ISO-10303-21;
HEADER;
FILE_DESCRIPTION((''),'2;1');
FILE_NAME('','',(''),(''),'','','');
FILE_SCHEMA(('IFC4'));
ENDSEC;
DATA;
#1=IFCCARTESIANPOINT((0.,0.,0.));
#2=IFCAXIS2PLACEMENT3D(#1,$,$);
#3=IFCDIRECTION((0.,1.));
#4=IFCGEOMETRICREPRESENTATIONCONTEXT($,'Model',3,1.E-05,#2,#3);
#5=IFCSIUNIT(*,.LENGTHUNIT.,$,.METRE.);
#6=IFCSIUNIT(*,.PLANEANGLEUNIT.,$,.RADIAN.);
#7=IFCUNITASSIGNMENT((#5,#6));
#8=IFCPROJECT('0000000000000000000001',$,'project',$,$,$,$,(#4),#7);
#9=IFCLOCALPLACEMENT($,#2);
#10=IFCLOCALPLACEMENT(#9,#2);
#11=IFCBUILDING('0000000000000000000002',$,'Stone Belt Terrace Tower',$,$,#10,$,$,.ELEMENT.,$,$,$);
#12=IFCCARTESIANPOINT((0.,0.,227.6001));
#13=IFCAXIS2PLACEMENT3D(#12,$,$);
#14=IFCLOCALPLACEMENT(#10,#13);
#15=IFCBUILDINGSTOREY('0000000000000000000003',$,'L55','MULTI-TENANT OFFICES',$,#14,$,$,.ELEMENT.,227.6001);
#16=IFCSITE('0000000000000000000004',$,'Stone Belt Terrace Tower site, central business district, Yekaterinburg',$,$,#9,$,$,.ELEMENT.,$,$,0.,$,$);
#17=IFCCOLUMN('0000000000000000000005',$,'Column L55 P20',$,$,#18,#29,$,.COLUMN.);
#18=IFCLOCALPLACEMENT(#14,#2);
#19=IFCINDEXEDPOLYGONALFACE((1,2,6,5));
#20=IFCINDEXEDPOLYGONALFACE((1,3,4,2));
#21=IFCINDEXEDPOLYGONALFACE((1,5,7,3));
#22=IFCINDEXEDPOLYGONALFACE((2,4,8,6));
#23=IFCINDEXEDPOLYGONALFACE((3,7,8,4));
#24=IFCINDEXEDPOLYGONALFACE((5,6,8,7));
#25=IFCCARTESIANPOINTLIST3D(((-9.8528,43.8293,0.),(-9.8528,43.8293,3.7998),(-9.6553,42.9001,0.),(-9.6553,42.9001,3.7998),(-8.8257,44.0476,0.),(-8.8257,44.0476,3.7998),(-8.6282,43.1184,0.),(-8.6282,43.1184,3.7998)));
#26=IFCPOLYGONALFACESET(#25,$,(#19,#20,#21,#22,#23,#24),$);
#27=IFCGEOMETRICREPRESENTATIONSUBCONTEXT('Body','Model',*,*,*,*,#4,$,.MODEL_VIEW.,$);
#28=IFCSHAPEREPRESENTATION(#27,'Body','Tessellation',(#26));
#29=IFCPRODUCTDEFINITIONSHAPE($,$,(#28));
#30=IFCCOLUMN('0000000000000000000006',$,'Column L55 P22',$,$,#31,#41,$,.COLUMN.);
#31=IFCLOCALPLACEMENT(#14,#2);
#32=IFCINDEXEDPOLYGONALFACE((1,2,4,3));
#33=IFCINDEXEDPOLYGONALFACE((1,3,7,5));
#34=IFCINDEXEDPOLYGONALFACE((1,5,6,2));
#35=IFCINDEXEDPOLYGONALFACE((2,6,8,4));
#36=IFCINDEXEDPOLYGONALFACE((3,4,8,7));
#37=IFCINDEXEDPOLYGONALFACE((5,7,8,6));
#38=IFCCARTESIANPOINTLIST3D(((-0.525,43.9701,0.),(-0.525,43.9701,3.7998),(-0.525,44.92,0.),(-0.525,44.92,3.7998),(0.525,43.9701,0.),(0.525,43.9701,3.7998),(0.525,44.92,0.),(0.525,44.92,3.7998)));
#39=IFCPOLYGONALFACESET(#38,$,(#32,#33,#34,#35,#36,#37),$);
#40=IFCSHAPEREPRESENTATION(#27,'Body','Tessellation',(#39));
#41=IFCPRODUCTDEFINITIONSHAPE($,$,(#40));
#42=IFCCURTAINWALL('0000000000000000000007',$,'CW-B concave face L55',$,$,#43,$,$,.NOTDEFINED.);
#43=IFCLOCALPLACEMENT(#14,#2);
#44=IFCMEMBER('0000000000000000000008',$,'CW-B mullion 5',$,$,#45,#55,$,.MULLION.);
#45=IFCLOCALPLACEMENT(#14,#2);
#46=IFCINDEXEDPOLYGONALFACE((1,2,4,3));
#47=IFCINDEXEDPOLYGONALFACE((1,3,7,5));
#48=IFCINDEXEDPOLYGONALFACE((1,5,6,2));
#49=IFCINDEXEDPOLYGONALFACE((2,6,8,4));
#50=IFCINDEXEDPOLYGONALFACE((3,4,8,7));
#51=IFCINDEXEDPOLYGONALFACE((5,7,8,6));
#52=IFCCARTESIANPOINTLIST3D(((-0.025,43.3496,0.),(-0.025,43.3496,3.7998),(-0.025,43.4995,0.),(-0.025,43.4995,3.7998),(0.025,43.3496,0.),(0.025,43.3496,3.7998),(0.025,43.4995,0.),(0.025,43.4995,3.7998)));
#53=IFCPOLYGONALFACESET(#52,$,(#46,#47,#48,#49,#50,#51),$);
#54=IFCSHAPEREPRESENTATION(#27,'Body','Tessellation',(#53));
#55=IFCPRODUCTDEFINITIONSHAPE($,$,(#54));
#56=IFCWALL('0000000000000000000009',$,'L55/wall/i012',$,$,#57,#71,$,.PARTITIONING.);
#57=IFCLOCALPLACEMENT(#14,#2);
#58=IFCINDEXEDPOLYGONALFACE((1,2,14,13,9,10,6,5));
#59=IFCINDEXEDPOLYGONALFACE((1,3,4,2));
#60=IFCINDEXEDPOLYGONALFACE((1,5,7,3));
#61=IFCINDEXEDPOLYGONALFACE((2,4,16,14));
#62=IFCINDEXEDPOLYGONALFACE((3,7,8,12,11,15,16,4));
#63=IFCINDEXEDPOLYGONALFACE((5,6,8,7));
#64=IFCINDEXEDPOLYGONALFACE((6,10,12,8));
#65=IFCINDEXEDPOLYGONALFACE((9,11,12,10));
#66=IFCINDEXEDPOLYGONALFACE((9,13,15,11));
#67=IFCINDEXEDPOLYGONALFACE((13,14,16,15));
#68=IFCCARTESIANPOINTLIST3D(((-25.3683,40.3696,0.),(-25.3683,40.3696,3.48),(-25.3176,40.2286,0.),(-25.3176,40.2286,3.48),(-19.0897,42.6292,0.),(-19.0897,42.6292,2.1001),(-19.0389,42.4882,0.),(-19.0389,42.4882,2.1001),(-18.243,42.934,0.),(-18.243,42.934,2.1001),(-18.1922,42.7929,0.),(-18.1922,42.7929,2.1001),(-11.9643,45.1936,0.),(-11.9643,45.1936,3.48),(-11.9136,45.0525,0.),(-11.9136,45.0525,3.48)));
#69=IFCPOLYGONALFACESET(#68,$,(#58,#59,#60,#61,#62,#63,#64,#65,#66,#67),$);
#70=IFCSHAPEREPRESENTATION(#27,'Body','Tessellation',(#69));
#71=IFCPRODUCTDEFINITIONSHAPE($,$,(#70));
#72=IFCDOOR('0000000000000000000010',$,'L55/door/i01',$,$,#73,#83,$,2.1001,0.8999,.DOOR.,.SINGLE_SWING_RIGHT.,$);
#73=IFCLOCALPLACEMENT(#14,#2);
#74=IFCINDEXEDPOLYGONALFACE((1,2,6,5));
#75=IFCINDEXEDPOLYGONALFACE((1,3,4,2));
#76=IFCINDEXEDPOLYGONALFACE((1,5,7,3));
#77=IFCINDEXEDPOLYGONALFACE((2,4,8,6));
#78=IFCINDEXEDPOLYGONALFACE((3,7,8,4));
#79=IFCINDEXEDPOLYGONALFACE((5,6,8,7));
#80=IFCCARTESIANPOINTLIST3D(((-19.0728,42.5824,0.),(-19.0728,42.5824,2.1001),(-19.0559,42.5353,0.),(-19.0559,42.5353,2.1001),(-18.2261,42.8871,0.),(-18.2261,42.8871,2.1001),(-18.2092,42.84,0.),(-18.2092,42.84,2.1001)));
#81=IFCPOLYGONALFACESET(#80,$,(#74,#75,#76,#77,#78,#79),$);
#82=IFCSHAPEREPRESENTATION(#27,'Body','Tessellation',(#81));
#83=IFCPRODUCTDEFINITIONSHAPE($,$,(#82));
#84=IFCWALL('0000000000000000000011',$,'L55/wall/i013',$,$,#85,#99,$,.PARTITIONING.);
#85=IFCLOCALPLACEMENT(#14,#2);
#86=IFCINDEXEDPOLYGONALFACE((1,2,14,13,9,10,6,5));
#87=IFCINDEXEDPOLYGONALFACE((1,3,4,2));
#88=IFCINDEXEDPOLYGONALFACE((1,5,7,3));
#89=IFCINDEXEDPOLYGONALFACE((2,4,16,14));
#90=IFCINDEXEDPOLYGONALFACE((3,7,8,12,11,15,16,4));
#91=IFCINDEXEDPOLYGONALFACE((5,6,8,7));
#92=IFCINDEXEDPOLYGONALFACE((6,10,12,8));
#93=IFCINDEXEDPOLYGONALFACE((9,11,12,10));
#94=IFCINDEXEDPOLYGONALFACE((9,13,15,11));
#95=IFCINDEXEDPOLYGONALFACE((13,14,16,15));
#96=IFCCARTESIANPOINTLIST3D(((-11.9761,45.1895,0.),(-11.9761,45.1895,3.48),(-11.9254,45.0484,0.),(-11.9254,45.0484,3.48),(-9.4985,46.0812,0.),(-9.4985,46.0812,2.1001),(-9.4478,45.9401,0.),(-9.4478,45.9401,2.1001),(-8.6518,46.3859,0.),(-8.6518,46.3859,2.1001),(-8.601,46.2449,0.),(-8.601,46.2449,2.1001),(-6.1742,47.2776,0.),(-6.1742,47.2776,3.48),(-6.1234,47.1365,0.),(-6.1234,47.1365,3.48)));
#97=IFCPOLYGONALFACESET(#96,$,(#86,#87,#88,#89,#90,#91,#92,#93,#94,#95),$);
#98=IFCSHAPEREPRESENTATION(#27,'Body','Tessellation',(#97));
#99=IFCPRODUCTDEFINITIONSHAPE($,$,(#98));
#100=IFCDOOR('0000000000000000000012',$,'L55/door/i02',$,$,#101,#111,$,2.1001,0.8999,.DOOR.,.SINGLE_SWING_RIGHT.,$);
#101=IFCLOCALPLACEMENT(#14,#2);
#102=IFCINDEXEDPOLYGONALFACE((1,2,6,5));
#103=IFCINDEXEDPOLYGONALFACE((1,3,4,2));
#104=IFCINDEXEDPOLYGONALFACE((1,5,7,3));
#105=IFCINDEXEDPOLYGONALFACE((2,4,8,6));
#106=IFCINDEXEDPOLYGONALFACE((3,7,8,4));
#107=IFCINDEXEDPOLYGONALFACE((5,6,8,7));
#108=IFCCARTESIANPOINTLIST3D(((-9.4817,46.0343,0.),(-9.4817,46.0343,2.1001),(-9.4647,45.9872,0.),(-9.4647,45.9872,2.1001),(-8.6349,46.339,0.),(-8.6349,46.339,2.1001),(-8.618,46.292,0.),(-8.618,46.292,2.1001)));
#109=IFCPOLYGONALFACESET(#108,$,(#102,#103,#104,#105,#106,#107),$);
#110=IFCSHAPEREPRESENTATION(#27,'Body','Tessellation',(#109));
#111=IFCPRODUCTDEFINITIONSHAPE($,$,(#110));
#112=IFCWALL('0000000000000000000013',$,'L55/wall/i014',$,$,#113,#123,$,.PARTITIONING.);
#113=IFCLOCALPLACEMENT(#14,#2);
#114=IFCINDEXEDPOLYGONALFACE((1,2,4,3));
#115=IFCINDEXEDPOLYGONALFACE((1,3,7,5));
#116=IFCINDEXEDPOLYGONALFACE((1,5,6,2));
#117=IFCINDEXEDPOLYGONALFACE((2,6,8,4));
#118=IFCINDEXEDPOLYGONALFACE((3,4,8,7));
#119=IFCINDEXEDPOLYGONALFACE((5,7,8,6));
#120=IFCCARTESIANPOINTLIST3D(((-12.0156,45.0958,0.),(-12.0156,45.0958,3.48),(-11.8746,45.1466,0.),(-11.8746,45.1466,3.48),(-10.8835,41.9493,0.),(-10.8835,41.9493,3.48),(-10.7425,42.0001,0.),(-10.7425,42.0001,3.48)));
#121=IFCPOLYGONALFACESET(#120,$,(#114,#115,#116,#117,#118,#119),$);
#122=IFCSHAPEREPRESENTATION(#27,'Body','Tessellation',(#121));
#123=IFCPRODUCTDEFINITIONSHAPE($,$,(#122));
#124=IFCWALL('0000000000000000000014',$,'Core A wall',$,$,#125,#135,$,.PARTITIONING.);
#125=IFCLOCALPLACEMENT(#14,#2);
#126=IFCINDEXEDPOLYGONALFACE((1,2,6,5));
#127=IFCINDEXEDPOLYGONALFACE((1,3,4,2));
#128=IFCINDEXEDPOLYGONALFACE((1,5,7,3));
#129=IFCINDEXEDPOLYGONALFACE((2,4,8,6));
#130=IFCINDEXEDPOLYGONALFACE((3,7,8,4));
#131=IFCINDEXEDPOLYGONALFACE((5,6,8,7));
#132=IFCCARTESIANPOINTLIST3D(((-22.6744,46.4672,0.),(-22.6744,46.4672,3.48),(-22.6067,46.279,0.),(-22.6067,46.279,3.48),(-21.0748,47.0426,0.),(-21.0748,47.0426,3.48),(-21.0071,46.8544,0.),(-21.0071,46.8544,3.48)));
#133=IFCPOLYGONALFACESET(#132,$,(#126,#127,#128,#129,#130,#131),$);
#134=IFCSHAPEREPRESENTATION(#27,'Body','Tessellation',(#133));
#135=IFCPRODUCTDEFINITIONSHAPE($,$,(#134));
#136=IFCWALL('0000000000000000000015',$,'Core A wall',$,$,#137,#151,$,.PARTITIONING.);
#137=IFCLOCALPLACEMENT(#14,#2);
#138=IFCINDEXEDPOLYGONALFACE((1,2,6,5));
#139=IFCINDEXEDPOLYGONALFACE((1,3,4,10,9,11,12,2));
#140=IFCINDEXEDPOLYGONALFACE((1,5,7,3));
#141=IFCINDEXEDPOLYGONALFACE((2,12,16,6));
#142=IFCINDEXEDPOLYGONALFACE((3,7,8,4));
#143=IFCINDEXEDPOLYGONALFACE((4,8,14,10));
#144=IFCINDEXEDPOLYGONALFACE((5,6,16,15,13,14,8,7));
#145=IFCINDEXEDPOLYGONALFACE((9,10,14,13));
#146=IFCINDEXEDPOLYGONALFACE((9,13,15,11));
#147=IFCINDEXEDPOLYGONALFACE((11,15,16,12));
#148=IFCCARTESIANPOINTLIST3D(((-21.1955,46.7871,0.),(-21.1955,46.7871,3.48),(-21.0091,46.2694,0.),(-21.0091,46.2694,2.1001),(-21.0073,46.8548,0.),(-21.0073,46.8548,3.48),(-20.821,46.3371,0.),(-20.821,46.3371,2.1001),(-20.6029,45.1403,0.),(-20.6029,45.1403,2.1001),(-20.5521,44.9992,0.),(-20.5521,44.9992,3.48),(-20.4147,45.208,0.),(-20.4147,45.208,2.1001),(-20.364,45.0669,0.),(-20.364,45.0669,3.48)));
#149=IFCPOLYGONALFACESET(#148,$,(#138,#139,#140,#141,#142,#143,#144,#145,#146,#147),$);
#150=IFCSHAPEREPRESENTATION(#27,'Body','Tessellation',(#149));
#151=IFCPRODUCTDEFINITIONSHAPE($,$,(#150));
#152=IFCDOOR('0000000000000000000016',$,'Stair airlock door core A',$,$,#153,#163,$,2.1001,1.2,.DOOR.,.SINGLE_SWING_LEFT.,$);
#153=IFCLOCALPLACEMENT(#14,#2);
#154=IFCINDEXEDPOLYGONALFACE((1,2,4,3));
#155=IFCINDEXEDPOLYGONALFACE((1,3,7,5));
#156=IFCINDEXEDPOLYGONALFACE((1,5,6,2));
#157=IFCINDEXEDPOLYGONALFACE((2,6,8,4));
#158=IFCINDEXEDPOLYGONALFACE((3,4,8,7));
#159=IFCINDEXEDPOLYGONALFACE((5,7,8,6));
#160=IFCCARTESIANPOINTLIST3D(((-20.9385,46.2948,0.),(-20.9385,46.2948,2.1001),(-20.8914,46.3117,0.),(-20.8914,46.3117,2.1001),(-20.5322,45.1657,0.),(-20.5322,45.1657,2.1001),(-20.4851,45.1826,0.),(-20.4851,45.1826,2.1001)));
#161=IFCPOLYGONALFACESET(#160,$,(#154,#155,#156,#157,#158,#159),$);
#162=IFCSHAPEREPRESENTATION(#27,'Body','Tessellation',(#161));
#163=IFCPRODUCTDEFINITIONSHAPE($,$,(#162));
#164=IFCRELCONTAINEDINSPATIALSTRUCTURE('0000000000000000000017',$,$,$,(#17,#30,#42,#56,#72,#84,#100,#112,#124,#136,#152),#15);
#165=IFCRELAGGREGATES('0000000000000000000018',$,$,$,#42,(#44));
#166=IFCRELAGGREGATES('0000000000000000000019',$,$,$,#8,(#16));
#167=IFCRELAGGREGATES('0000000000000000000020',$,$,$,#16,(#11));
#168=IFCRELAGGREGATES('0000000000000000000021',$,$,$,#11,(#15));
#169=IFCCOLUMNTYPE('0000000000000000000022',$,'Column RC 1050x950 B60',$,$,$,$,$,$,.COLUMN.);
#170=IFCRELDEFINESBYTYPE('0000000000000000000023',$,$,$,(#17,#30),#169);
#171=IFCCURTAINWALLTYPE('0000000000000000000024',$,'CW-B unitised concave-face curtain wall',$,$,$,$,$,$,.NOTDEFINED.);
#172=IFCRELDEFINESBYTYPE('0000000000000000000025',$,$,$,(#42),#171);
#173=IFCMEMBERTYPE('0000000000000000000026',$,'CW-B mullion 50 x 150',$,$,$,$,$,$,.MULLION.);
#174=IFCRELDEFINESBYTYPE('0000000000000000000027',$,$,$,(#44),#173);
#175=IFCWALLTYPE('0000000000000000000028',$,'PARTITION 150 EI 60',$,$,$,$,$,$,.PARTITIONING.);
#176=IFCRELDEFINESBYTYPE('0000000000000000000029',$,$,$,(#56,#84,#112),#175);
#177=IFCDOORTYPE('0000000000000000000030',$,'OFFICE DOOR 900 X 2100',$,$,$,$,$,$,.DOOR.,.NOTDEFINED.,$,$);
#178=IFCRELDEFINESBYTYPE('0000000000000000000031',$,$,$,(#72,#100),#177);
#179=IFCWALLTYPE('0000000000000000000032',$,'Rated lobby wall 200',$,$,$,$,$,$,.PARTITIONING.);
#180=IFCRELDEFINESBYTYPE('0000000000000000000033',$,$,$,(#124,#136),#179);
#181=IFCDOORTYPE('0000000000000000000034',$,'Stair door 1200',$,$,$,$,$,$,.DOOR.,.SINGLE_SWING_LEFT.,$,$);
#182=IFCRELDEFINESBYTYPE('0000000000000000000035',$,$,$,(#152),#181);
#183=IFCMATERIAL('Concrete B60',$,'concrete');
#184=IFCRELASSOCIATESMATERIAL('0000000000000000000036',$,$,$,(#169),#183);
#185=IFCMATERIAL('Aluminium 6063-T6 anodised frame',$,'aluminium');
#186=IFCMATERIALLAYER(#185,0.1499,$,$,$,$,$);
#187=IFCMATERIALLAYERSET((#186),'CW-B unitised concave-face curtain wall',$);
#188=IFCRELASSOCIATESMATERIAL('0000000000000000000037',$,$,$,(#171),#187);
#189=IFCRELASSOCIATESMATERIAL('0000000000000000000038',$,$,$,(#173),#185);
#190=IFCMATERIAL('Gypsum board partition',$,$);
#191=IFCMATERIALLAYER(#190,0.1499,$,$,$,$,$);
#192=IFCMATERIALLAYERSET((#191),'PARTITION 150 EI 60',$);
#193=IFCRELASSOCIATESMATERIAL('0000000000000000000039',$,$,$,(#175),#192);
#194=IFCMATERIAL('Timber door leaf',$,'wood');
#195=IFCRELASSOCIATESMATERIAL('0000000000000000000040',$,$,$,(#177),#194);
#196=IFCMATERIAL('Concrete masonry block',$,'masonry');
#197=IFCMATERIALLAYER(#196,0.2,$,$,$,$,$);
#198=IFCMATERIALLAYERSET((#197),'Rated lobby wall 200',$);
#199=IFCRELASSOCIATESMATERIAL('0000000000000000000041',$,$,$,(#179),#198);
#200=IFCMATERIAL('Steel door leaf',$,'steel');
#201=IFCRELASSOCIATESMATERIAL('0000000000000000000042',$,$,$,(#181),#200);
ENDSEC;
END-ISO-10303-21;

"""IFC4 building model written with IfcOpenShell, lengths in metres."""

from ifc_helpers import new_model, si_unit, direction, frame, frame_2d, origin, origin_2d, place, context, subcontext, project, spatial, rectangle, extrude, material, layer, layer_set, material_profile, profile_set, type_object, element, fill, aggregate, save


model = new_model("IFC4")

# Units and contexts
model_context = context("Model", 3, precision=1e-05, world=origin(), true_north=direction((0.0, 1.0)))
body_context = subcontext(model_context, "Body", "Model", "MODEL_VIEW")
ifc_project = project(units=[si_unit("LENGTHUNIT", "METRE"), si_unit("PLANEANGLEUNIT", "RADIAN")], contexts=[model_context])

# Site, building, storey
site_placement = place(None, origin())
site = spatial("IfcSite", under=ifc_project, at=site_placement, Name="Stone Belt Terrace Tower site, central business district, Yekaterinburg", CompositionType="ELEMENT", RefElevation=0.0)
building_placement = place(site_placement, origin())
building = spatial("IfcBuilding", under=site, at=building_placement, Name="Stone Belt Terrace Tower", CompositionType="ELEMENT")
storey_placement = place(building_placement, frame((0.0, 0.0, 227.6001)))
storey = spatial("IfcBuildingStorey", under=building, at=storey_placement, Name="L55", Description="MULTI-TENANT OFFICES", CompositionType="ELEMENT", Elevation=227.6001)

# Columns
ifc_material_1 = material(Name="Concrete B60", Category="concrete")
ifc_material_profile_1 = material_profile(ifc_material_1, rectangle(XDim=1.05, YDim=0.95, at=origin_2d()), Name="RC 1050x950")
ifc_profile_set_1 = profile_set([ifc_material_profile_1], Name="Concrete B60")
column_type = type_object("IfcColumnType", Name="Column RC 1050x950 B60", PredefinedType="COLUMN", material=ifc_profile_set_1)
for number, where, z_axis, x_axis, name in (
    (1, (-9.2405, 43.4739, 0.0), (0.0, 0.0, 1.0), (0.978148, 0.207912, 0.0), "Column L55 P20"),
    (2, (0.0, 44.4451, 0.0), (0.0, 0.0, 1.0), (1.0, 0.0, 0.0), "Column L55 P22"),
):
    element("IfcColumn", number, at=place(storey_placement, frame(where, z_axis=z_axis, x_axis=x_axis)), inside=storey, type_object=column_type, Name=name, PredefinedType="COLUMN", context=body_context, shape_type="SweptSolid", body=[
        extrude(rectangle(XDim=1.05, YDim=0.95, at=origin_2d()), origin(), (0.0, 0.0, 1.0), 3.7998),
    ])

# Curtain wall, member
ifc_material_2 = material(Name="Aluminium 6063-T6 anodised frame", Category="aluminium")
ifc_layer_1 = layer(ifc_material_2, 0.1499)
ifc_layer_set_1 = layer_set([ifc_layer_1], Name="CW-B unitised concave-face curtain wall")
curtain_wall_type = type_object("IfcCurtainWallType", Name="CW-B unitised concave-face curtain wall", PredefinedType="NOTDEFINED", material=ifc_layer_set_1)
curtain_wall_placement = place(storey_placement, origin())
curtain_wall = element("IfcCurtainWall", 3, at=curtain_wall_placement, inside=storey, type_object=curtain_wall_type, Name="CW-B concave face L55", PredefinedType="NOTDEFINED")
ifc_material_profile_2 = material_profile(ifc_material_2, rectangle(XDim=0.1499, YDim=0.05, at=origin_2d()), Name="Aluminium 6063-T6 50x150")
ifc_profile_set_2 = profile_set([ifc_material_profile_2], Name="Aluminium 6063-T6 anodised frame")
member_type = type_object("IfcMemberType", Name="CW-B mullion 50 x 150", PredefinedType="MULLION", material=ifc_profile_set_2)
member_placement = place(storey_placement, frame((0.0, 43.4246, 0.0), z_axis=(0.0, 0.0, 1.0), x_axis=(0.0, 1.0, 0.0)))
member = element("IfcMember", 4, at=member_placement, type_object=member_type, Name="CW-B mullion 5", PredefinedType="MULLION", context=body_context, shape_type="SweptSolid", body=[
    extrude(rectangle(XDim=0.1499, YDim=0.05, at=origin_2d()), origin(), (0.0, 0.0, 1.0), 3.7998),
])
aggregate(curtain_wall, [member])

# Walls, openings, doors
ifc_material_3 = material(Name="Gypsum board partition")
ifc_layer_2 = layer(ifc_material_3, 0.1499)
ifc_layer_set_2 = layer_set([ifc_layer_2], Name="PARTITION 150 EI 60")
wall_type_1 = type_object("IfcWallType", Name="PARTITION 150 EI 60", PredefinedType="PARTITIONING", material=ifc_layer_set_2)
wall_1_placement = place(storey_placement, frame((-11.939, 45.123, 0.0), z_axis=(0.0, 0.0, 1.0), x_axis=(-0.940921, -0.338627, 0.0)))
wall_1 = element("IfcWall", 5, at=wall_1_placement, inside=storey, type_object=wall_type_1, Name="L55/wall/i012", PredefinedType="PARTITIONING", context=body_context, shape_type="SweptSolid", body=[
    extrude(rectangle(XDim=14.2456, YDim=0.1499, at=frame_2d((7.1228, 0.0))), origin(), (0.0, 0.0, 1.0), 3.48),
])
opening_1_placement = place(wall_1_placement, frame((6.6729, 0.0, 0.0)))
opening_1 = element("IfcOpeningElement", 6, at=opening_1_placement, cuts=wall_1, PredefinedType="OPENING", context=body_context, shape_type="SweptSolid", body=[
    extrude(rectangle(XDim=0.8999, YDim=2.1001, at=frame_2d((0.45, 1.05))), frame((0.0, 0.085, 0.0), z_axis=(0.0, -1.0, 0.0), x_axis=(1.0, 0.0, 0.0)), (0.0, 0.0, 1.0), 0.1699),
])
ifc_material_4 = material(Name="Timber door leaf", Category="wood")
door_type_1 = type_object("IfcDoorType", Name="OFFICE DOOR 900 X 2100", OperationType="NOTDEFINED", PredefinedType="DOOR", material=ifc_material_4)
door_1_placement = place(opening_1_placement, origin())
door_1 = element("IfcDoor", 7, at=door_1_placement, inside=storey, type_object=door_type_1, Name="L55/door/i01", OperationType="SINGLE_SWING_RIGHT", OverallHeight=2.1001, OverallWidth=0.8999, PredefinedType="DOOR", context=body_context, shape_type="SweptSolid", body=[
    extrude(rectangle(XDim=0.8999, YDim=2.1001, at=frame_2d((0.45, 1.05))), frame((0.0, 0.0249, 0.0), z_axis=(0.0, -1.0, 0.0), x_axis=(1.0, 0.0, 0.0)), (0.0, 0.0, 1.0), 0.05),
])
fill(opening_1, door_1)
wall_2_placement = place(storey_placement, frame((-6.1489, 47.207, 0.0), z_axis=(0.0, 0.0, 1.0), x_axis=(-0.940918, -0.338635, 0.0)))
wall_2 = element("IfcWall", 8, at=wall_2_placement, inside=storey, type_object=wall_type_1, Name="L55/wall/i013", PredefinedType="PARTITIONING", context=body_context, shape_type="SweptSolid", body=[
    extrude(rectangle(XDim=6.1663, YDim=0.1499, at=frame_2d((3.083, 0.0))), origin(), (0.0, 0.0, 1.0), 3.48),
])
opening_2_placement = place(wall_2_placement, frame((2.6331, 0.0, 0.0)))
opening_2 = element("IfcOpeningElement", 9, at=opening_2_placement, cuts=wall_2, PredefinedType="OPENING", context=body_context, shape_type="SweptSolid", body=[
    extrude(rectangle(XDim=0.8999, YDim=2.1001, at=frame_2d((0.45, 1.05))), frame((0.0, 0.085, 0.0), z_axis=(0.0, -1.0, 0.0), x_axis=(1.0, 0.0, 0.0)), (0.0, 0.0, 1.0), 0.1699),
])
door_2_placement = place(opening_2_placement, origin())
door_2 = element("IfcDoor", 10, at=door_2_placement, inside=storey, type_object=door_type_1, Name="L55/door/i02", OperationType="SINGLE_SWING_RIGHT", OverallHeight=2.1001, OverallWidth=0.8999, PredefinedType="DOOR", context=body_context, shape_type="SweptSolid", body=[
    extrude(rectangle(XDim=0.8999, YDim=2.1001, at=frame_2d((0.45, 1.05))), frame((0.0, 0.0249, 0.0), z_axis=(0.0, -1.0, 0.0), x_axis=(1.0, 0.0, 0.0)), (0.0, 0.0, 1.0), 0.05),
])
fill(opening_2, door_2)

# Walls
wall_3_placement = place(storey_placement, frame((-11.9451, 45.1211, 0.0), z_axis=(0.0, 0.0, 1.0), x_axis=(0.338546, -0.94095, 0.0)))
element("IfcWall", 11, at=wall_3_placement, inside=storey, type_object=wall_type_1, Name="L55/wall/i014", PredefinedType="PARTITIONING", context=body_context, shape_type="SweptSolid", body=[
    extrude(rectangle(XDim=3.344, YDim=0.1499, at=frame_2d((1.6719, 0.0))), origin(), (0.0, 0.0, 1.0), 3.48),
])
ifc_material_5 = material(Name="Concrete masonry block", Category="masonry")
ifc_layer_3 = layer(ifc_material_5, 0.2)
ifc_layer_set_3 = layer_set([ifc_layer_3], Name="Rated lobby wall 200")
wall_type_2 = type_object("IfcWallType", Name="Rated lobby wall 200", PredefinedType="PARTITIONING", material=ifc_layer_set_3)
wall_4_placement = place(storey_placement, frame((-22.6406, 46.373, 0.0), z_axis=(0.0, 0.0, 1.0), x_axis=(0.940966, 0.338501, 0.0)))
element("IfcWall", 12, at=wall_4_placement, inside=storey, type_object=wall_type_2, Name="Core A wall", PredefinedType="PARTITIONING", context=body_context, shape_type="SweptSolid", body=[
    extrude(rectangle(XDim=1.7, YDim=0.2, at=frame_2d((0.8501, 0.0))), origin(), (0.0, 0.0, 1.0), 3.48),
])

# Wall, opening, door
wall_5_placement = place(storey_placement, frame((-20.458, 45.033, 0.0), z_axis=(0.0, 0.0, 1.0), x_axis=(-0.338574, 0.94094, 0.0)))
wall_5 = element("IfcWall", 13, at=wall_5_placement, inside=storey, type_object=wall_type_2, Name="Core A wall", PredefinedType="PARTITIONING", context=body_context, shape_type="SweptSolid", body=[
    extrude(rectangle(XDim=1.9001, YDim=0.2, at=frame_2d((0.9502, 0.0))), origin(), (0.0, 0.0, 1.0), 3.48),
])
opening_3_placement = place(wall_5_placement, frame((0.1499, 0.0, 0.0)))
opening_3 = element("IfcOpeningElement", 14, at=opening_3_placement, cuts=wall_5, PredefinedType="OPENING", context=body_context, shape_type="SweptSolid", body=[
    extrude(rectangle(XDim=1.2, YDim=2.1001, at=frame_2d((0.6001, 1.05))), frame((0.0, 0.1099, 0.0), z_axis=(0.0, -1.0, 0.0), x_axis=(1.0, 0.0, 0.0)), (0.0, 0.0, 1.0), 0.22),
])
ifc_material_6 = material(Name="Steel door leaf", Category="steel")
door_type_2 = type_object("IfcDoorType", Name="Stair door 1200", OperationType="SINGLE_SWING_LEFT", PredefinedType="DOOR", material=ifc_material_6)
door_3_placement = place(opening_3_placement, origin())
door_3 = element("IfcDoor", 15, at=door_3_placement, inside=storey, type_object=door_type_2, Name="Stair airlock door core A", OperationType="SINGLE_SWING_LEFT", OverallHeight=2.1001, OverallWidth=1.2, PredefinedType="DOOR", context=body_context, shape_type="SweptSolid", body=[
    extrude(rectangle(XDim=1.2, YDim=2.1001, at=frame_2d((0.6001, 1.05))), frame((0.0, 0.0249, 0.0), z_axis=(0.0, -1.0, 0.0), x_axis=(1.0, 0.0, 0.0)), (0.0, 0.0, 1.0), 0.05),
])
fill(opening_3, door_3)

save(model, "model.ifc")
